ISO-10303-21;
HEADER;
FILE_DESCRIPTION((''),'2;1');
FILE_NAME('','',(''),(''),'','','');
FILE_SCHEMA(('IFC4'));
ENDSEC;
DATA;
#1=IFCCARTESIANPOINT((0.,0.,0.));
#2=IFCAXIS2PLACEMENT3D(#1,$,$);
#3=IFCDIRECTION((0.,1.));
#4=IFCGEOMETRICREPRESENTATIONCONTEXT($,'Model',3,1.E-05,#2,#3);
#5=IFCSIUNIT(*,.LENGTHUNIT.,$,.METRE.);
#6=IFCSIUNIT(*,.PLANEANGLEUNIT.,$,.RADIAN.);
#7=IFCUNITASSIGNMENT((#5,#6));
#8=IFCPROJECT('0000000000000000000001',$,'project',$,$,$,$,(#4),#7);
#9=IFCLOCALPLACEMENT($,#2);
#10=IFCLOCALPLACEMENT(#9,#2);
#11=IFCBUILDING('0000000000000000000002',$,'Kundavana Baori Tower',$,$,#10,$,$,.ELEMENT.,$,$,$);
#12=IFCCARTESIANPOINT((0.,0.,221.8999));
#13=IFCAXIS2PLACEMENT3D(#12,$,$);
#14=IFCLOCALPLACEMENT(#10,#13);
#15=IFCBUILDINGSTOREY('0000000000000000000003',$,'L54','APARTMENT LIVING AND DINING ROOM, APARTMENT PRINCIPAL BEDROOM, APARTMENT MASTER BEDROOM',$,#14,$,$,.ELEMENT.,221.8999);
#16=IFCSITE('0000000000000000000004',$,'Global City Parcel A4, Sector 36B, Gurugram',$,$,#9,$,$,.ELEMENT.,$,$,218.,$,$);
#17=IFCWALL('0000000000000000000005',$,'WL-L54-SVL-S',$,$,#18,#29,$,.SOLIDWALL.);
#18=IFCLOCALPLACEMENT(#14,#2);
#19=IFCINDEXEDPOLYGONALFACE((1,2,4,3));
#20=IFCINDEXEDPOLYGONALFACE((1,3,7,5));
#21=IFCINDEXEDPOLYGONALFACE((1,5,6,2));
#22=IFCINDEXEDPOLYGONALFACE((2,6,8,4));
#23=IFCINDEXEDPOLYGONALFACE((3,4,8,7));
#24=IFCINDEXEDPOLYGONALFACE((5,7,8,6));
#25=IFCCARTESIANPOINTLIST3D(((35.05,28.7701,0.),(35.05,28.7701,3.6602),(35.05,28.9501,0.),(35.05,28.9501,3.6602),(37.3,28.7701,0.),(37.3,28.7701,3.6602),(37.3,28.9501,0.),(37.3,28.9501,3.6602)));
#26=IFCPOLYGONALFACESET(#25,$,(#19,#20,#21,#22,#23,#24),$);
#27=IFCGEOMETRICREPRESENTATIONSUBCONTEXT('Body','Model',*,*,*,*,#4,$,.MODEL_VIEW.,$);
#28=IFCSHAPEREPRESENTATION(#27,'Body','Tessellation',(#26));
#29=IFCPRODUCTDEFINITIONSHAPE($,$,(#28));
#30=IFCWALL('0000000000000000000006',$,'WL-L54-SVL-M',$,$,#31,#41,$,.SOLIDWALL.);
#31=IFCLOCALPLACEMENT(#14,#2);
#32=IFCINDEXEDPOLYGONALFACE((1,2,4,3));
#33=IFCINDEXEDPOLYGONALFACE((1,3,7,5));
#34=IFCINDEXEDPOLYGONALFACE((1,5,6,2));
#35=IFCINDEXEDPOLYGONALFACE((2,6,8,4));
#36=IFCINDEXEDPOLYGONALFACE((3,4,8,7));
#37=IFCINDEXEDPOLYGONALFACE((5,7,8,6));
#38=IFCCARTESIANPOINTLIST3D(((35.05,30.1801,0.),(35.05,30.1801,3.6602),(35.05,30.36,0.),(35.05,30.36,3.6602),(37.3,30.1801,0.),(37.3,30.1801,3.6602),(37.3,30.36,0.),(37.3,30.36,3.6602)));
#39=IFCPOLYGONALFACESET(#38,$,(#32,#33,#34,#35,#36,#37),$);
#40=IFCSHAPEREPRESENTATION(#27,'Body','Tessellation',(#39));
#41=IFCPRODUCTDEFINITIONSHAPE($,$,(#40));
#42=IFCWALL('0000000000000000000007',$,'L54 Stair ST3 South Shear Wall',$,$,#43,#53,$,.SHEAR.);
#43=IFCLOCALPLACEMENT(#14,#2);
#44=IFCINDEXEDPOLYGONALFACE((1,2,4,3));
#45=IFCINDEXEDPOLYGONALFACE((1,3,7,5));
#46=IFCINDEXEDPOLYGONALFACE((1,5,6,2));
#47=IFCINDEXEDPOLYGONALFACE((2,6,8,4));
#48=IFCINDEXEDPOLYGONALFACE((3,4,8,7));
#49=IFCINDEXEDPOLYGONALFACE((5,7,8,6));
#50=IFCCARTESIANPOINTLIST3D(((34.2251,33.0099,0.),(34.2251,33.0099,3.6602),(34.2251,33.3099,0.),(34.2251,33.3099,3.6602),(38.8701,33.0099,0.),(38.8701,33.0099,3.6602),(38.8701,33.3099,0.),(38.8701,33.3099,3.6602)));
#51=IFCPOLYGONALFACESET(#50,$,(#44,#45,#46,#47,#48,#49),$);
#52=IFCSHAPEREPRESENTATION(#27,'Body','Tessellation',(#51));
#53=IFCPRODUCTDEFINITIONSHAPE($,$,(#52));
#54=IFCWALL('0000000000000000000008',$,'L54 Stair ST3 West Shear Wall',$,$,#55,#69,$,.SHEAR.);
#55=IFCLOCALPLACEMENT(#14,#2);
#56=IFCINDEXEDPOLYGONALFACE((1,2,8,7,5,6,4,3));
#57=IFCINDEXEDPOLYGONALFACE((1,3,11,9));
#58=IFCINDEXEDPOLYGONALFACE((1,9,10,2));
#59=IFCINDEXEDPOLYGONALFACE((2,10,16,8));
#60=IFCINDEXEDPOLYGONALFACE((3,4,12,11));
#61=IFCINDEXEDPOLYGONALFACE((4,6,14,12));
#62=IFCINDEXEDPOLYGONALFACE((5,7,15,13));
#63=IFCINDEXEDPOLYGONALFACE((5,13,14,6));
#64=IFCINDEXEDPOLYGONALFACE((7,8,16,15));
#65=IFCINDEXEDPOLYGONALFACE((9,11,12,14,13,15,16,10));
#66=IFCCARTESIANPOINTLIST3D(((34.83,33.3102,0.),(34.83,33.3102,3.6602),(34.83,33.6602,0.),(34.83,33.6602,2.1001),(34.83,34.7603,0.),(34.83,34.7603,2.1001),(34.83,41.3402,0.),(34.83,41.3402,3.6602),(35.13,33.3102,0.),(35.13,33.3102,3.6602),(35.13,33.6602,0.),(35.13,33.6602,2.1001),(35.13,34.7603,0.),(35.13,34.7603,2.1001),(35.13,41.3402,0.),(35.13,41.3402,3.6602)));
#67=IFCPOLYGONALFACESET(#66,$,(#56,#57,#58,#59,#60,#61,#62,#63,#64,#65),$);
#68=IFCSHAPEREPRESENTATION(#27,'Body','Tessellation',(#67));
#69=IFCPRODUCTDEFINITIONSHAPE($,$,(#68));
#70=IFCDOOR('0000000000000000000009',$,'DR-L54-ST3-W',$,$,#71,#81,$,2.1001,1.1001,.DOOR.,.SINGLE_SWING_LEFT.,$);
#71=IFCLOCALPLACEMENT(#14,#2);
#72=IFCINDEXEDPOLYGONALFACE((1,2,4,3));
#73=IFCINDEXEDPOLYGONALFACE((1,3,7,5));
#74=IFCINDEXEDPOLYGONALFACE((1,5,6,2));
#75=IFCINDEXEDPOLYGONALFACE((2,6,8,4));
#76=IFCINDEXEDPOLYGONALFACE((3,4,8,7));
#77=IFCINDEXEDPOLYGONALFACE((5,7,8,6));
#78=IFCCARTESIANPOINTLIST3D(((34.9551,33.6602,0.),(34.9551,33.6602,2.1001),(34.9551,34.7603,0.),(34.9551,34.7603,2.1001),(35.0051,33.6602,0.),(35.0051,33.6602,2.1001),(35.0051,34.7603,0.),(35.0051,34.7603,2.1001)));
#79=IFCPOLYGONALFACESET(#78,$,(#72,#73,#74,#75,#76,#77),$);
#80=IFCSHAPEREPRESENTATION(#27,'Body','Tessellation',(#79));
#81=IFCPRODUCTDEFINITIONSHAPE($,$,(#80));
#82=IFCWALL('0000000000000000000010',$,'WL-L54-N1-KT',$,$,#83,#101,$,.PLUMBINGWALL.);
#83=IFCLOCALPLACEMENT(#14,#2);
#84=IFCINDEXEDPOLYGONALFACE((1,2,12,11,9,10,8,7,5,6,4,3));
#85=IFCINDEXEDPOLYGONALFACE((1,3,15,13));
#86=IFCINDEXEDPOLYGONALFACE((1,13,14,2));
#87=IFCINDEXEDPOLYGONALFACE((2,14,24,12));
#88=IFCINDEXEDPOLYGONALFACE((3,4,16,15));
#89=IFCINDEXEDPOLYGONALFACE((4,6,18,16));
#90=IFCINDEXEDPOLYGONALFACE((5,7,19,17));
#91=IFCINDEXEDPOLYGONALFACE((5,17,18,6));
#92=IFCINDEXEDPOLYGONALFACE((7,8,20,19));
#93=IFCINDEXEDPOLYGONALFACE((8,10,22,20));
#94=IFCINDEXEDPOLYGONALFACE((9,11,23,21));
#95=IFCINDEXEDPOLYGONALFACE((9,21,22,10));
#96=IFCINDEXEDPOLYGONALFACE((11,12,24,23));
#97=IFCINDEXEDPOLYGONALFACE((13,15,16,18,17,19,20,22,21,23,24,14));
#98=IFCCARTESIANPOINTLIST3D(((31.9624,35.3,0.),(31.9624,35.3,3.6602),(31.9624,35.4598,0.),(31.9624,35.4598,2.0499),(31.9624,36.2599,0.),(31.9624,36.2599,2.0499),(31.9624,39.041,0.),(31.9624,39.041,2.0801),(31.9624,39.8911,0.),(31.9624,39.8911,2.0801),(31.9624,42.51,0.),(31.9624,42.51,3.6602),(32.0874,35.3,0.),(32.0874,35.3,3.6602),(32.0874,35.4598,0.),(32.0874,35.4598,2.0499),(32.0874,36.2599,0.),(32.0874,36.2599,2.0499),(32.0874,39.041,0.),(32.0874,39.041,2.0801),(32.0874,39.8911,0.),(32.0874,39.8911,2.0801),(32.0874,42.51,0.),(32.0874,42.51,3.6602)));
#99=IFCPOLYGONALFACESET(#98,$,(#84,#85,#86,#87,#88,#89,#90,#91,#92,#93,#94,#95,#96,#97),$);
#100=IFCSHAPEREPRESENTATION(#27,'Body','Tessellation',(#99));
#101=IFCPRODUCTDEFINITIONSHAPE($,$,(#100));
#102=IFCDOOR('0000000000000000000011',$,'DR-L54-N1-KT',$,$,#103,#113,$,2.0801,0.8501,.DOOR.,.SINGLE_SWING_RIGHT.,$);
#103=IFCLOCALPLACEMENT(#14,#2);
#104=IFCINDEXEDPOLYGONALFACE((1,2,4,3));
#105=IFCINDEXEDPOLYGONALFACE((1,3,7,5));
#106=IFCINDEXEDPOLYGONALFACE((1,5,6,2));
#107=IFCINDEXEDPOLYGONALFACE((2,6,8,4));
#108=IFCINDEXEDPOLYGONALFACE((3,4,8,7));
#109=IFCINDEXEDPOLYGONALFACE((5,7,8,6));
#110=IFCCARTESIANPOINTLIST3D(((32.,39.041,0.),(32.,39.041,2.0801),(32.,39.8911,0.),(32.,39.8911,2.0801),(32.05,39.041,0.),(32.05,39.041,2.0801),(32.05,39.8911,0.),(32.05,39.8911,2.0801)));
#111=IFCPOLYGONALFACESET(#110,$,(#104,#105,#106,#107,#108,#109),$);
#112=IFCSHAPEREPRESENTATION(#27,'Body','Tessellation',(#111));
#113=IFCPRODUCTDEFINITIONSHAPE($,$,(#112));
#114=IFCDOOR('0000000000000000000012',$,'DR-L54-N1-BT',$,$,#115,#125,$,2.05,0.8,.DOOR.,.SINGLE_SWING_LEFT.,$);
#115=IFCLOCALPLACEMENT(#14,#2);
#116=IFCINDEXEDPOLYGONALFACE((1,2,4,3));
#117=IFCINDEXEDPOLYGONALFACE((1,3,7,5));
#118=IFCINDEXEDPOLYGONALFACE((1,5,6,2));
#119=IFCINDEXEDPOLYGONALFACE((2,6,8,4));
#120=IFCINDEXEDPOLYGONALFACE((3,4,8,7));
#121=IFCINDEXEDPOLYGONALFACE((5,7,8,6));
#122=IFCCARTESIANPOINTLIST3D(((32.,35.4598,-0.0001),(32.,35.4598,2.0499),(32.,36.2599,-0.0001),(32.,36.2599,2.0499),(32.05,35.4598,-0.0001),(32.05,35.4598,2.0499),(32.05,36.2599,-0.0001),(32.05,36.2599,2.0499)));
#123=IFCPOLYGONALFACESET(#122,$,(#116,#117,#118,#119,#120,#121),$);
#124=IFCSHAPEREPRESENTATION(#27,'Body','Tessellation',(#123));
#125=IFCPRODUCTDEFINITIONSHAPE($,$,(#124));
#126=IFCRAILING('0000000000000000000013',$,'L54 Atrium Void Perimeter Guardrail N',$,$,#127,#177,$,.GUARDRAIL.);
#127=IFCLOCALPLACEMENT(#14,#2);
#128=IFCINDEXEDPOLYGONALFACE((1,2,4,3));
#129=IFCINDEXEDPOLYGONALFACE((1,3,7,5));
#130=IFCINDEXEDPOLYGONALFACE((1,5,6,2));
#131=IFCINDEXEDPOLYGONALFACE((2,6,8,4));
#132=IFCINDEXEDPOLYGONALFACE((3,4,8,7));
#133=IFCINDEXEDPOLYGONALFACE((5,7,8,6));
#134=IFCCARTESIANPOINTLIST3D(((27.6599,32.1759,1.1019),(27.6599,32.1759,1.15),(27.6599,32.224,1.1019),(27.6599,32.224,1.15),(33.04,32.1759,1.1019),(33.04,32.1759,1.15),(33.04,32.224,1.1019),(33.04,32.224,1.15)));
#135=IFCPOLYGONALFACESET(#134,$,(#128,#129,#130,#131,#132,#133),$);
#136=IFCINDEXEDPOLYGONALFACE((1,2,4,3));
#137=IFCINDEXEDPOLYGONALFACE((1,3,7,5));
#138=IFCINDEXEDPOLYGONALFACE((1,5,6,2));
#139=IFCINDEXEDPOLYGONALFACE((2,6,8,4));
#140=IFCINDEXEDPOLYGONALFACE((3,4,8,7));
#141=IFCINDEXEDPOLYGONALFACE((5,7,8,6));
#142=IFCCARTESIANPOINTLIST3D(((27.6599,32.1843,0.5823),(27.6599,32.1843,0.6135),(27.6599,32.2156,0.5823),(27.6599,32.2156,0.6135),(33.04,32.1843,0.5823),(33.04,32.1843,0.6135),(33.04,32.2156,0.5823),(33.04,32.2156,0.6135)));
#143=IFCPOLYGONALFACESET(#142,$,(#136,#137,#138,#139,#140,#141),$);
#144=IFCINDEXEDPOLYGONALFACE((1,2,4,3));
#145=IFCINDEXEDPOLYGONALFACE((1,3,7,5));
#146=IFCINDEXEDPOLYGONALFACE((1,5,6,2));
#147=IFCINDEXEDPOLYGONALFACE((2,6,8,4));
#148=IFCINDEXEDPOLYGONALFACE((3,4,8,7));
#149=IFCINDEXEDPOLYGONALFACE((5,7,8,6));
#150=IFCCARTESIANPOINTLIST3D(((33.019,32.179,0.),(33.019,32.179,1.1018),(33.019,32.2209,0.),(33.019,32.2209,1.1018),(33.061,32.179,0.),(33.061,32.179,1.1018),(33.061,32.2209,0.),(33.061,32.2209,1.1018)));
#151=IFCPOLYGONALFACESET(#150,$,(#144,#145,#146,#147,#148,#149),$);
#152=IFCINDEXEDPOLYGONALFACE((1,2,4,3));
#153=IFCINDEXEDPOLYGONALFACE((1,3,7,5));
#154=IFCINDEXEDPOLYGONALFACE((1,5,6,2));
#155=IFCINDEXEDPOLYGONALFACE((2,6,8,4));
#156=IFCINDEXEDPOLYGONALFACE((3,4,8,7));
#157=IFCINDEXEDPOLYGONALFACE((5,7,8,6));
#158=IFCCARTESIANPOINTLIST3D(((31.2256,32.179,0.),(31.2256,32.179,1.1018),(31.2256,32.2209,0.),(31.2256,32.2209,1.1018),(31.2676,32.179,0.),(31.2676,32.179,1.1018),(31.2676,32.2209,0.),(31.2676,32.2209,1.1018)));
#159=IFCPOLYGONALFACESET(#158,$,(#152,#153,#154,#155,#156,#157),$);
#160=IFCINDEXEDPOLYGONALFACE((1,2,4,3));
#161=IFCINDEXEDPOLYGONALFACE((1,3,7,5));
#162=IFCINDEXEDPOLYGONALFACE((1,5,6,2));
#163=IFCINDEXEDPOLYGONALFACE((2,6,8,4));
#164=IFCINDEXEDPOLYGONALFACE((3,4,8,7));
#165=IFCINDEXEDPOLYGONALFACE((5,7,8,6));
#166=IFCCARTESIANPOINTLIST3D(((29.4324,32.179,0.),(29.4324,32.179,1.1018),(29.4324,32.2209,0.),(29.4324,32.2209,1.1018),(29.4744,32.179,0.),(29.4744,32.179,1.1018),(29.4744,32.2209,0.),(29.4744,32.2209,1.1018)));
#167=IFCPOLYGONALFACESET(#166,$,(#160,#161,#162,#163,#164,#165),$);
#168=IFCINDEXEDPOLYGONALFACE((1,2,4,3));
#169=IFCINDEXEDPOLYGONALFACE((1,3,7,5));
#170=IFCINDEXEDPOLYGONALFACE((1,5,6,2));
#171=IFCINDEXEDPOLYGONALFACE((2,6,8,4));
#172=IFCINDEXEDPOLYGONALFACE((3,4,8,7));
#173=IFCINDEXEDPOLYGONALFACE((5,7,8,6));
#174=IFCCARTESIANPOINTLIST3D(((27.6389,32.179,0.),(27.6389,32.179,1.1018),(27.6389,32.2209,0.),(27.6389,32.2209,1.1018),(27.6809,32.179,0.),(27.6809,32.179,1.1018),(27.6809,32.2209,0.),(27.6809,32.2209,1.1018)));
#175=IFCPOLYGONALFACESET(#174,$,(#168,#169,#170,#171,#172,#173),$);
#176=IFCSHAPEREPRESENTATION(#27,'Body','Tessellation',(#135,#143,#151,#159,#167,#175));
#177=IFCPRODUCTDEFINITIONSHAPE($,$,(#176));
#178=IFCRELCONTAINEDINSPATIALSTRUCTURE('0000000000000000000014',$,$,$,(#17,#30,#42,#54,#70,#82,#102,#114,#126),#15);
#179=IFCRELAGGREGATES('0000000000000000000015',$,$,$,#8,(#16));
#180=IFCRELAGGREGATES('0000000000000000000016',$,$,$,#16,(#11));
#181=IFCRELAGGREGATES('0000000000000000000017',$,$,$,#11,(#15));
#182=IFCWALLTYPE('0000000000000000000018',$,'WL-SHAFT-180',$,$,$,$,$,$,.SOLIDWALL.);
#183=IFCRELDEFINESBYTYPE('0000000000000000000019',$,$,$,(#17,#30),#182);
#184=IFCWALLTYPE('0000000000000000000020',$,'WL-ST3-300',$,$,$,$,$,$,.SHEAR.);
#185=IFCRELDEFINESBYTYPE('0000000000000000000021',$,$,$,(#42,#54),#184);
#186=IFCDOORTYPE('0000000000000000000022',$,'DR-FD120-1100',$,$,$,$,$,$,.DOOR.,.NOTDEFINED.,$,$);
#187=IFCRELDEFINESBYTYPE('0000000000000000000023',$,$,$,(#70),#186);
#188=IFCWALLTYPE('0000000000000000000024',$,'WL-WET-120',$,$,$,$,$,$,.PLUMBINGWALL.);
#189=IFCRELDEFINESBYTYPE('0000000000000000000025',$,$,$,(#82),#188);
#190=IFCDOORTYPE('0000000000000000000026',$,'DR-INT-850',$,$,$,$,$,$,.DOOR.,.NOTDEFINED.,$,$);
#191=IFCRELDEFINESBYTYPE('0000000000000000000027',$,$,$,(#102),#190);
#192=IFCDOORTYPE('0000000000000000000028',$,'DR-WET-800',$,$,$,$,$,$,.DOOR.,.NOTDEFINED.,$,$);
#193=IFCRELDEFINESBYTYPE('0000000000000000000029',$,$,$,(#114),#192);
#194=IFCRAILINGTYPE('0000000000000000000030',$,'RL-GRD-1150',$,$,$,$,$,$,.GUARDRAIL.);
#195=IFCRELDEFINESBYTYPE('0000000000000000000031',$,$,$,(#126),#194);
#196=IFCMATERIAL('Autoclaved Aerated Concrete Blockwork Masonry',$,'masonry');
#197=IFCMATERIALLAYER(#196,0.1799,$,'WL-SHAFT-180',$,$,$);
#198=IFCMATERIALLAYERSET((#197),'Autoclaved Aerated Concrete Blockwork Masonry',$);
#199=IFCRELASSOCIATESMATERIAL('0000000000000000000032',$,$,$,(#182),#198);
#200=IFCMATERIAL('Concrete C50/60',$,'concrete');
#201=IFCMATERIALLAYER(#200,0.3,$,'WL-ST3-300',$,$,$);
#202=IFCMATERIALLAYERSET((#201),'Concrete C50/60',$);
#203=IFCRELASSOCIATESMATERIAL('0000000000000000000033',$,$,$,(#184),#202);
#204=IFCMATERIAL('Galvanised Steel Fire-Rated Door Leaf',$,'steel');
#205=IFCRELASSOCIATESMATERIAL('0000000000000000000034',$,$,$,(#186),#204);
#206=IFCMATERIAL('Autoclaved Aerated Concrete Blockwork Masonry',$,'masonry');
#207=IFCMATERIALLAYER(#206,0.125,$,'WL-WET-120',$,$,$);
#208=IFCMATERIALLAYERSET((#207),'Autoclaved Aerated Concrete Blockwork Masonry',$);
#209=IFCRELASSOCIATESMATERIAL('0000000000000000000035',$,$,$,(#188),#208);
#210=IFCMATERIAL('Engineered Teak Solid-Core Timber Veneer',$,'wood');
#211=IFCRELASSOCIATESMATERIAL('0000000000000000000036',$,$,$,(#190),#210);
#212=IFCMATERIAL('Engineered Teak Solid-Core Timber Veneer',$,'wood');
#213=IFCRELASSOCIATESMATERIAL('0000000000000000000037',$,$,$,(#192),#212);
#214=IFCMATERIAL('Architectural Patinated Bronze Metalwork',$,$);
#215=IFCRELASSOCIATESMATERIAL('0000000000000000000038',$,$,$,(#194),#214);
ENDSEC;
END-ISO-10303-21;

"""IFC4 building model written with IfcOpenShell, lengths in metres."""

from ifc_helpers import new_model, si_unit, direction, frame, frame_2d, origin, origin_2d, place, context, subcontext, project, spatial, rectangle, extrude, material, layer, layer_set, type_object, element, fill, save


model = new_model("IFC4")

# Units and contexts
model_context = context("Model", 3, precision=1e-05, world=origin(), true_north=direction((0.0, 1.0)))
body_context = subcontext(model_context, "Body", "Model", "MODEL_VIEW")
ifc_project = project(units=[si_unit("LENGTHUNIT", "METRE"), si_unit("PLANEANGLEUNIT", "RADIAN")], contexts=[model_context])

# Site, building, storey
site_placement = place(None, origin())
site = spatial("IfcSite", under=ifc_project, at=site_placement, Name="Global City Parcel A4, Sector 36B, Gurugram", CompositionType="ELEMENT", RefElevation=218.0)
building_placement = place(site_placement, origin())
building = spatial("IfcBuilding", under=site, at=building_placement, Name="Kundavana Baori Tower", CompositionType="ELEMENT")
storey_placement = place(building_placement, frame((0.0, 0.0, 221.8999)))
storey = spatial("IfcBuildingStorey", under=building, at=storey_placement, Name="L54", Description="APARTMENT LIVING AND DINING ROOM, APARTMENT PRINCIPAL BEDROOM, APARTMENT MASTER BEDROOM", CompositionType="ELEMENT", Elevation=221.8999)

# Walls
ifc_material_1 = material(Name="Autoclaved Aerated Concrete Blockwork Masonry", Category="masonry")
ifc_layer_1 = layer(ifc_material_1, 0.1799, Name="WL-SHAFT-180")
ifc_layer_set_1 = layer_set([ifc_layer_1], Name="Autoclaved Aerated Concrete Blockwork Masonry")
wall_type_1 = type_object("IfcWallType", Name="WL-SHAFT-180", PredefinedType="SOLIDWALL", material=ifc_layer_set_1)
for number, where, z_axis, x_axis, name in (
    (1, (35.05, 28.8601, 0.0), (0.0, 0.0, 1.0), (1.0, 0.0, 0.0), "WL-L54-SVL-S"),
    (2, (35.05, 30.27, 0.0), (0.0, 0.0, 1.0), (1.0, 0.0, 0.0), "WL-L54-SVL-M"),
):
    element("IfcWall", number, at=place(storey_placement, frame(where, z_axis=z_axis, x_axis=x_axis)), inside=storey, type_object=wall_type_1, Name=name, PredefinedType="SOLIDWALL", context=body_context, shape_type="SweptSolid", body=[
        extrude(rectangle(XDim=2.25, YDim=0.1799, at=frame_2d((1.125, 0.0))), origin(), (0.0, 0.0, 1.0), 3.6602),
    ])
ifc_material_2 = material(Name="Concrete C50/60", Category="concrete")
ifc_layer_2 = layer(ifc_material_2, 0.3, Name="WL-ST3-300")
ifc_layer_set_2 = layer_set([ifc_layer_2], Name="Concrete C50/60")
wall_type_2 = type_object("IfcWallType", Name="WL-ST3-300", PredefinedType="SHEAR", material=ifc_layer_set_2)
wall_1_placement = place(storey_placement, frame((34.2251, 33.1599, 0.0), z_axis=(0.0, 0.0, 1.0), x_axis=(1.0, 0.0, 0.0)))
element("IfcWall", 3, at=wall_1_placement, inside=storey, type_object=wall_type_2, Name="L54 Stair ST3 South Shear Wall", PredefinedType="SHEAR", context=body_context, shape_type="SweptSolid", body=[
    extrude(rectangle(XDim=4.645, YDim=0.3, at=frame_2d((2.3225, 0.0))), origin(), (0.0, 0.0, 1.0), 3.6602),
])

# Wall, opening, door
wall_2_placement = place(storey_placement, frame((34.98, 33.3101, 0.0), z_axis=(0.0, 0.0, 1.0), x_axis=(0.0, 1.0, 0.0)))
wall_2 = element("IfcWall", 4, at=wall_2_placement, inside=storey, type_object=wall_type_2, Name="L54 Stair ST3 West Shear Wall", PredefinedType="SHEAR", context=body_context, shape_type="SweptSolid", body=[
    extrude(rectangle(XDim=8.03, YDim=0.3, at=frame_2d((4.0151, 0.0))), origin(), (0.0, 0.0, 1.0), 3.6602),
])
opening_1_placement = place(wall_2_placement, frame((0.3501, 0.0, 0.0)))
opening_1 = element("IfcOpeningElement", 5, at=opening_1_placement, cuts=wall_2, PredefinedType="OPENING", context=body_context, shape_type="SweptSolid", body=[
    extrude(rectangle(XDim=1.1001, YDim=2.1001, at=frame_2d((0.55, 1.05))), frame((0.0, 0.1602, 0.0), z_axis=(0.0, -1.0, 0.0), x_axis=(1.0, 0.0, 0.0)), (0.0, 0.0, 1.0), 0.3201),
])
ifc_material_3 = material(Name="Galvanised Steel Fire-Rated Door Leaf", Category="steel")
door_type_1 = type_object("IfcDoorType", Name="DR-FD120-1100", OperationType="NOTDEFINED", PredefinedType="DOOR", material=ifc_material_3)
door_1_placement = place(opening_1_placement, origin())
door_1 = element("IfcDoor", 6, at=door_1_placement, inside=storey, type_object=door_type_1, Name="DR-L54-ST3-W", OperationType="SINGLE_SWING_LEFT", OverallHeight=2.1001, OverallWidth=1.1001, PredefinedType="DOOR", context=body_context, shape_type="SweptSolid", body=[
    extrude(rectangle(XDim=1.1001, YDim=2.1001, at=frame_2d((0.55, 1.05))), frame((0.0, 0.0249, 0.0), z_axis=(0.0, -1.0, 0.0), x_axis=(1.0, 0.0, 0.0)), (0.0, 0.0, 1.0), 0.05),
])
fill(opening_1, door_1)

# Wall, openings, doors
ifc_material_4 = material(Name="Autoclaved Aerated Concrete Blockwork Masonry", Category="masonry")
ifc_layer_3 = layer(ifc_material_4, 0.125, Name="WL-WET-120")
ifc_layer_set_3 = layer_set([ifc_layer_3], Name="Autoclaved Aerated Concrete Blockwork Masonry")
wall_type_3 = type_object("IfcWallType", Name="WL-WET-120", PredefinedType="PLUMBINGWALL", material=ifc_layer_set_3)
wall_3_placement = place(storey_placement, frame((32.0249, 35.3, 0.0), z_axis=(0.0, 0.0, 1.0), x_axis=(0.0, 1.0, 0.0)))
wall_3 = element("IfcWall", 7, at=wall_3_placement, inside=storey, type_object=wall_type_3, Name="WL-L54-N1-KT", PredefinedType="PLUMBINGWALL", context=body_context, shape_type="SweptSolid", body=[
    extrude(rectangle(XDim=7.21, YDim=0.125, at=frame_2d((3.605, 0.0))), origin(), (0.0, 0.0, 1.0), 3.6602),
])
opening_2_placement = place(wall_3_placement, frame((0.1599, 0.0, 0.0)))
opening_2 = element("IfcOpeningElement", 8, at=opening_2_placement, cuts=wall_3, PredefinedType="OPENING", context=body_context, shape_type="SweptSolid", body=[
    extrude(rectangle(XDim=0.8, YDim=2.05, at=frame_2d((0.3999, 1.0249))), frame((0.0, 0.0725, 0.0), z_axis=(0.0, -1.0, 0.0), x_axis=(1.0, 0.0, 0.0)), (0.0, 0.0, 1.0), 0.145),
])
opening_3_placement = place(wall_3_placement, frame((3.741, 0.0, 0.0)))
opening_3 = element("IfcOpeningElement", 9, at=opening_3_placement, cuts=wall_3, PredefinedType="OPENING", context=body_context, shape_type="SweptSolid", body=[
    extrude(rectangle(XDim=0.8501, YDim=2.0801, at=frame_2d((0.425, 1.04))), frame((0.0, 0.0725, 0.0), z_axis=(0.0, -1.0, 0.0), x_axis=(1.0, 0.0, 0.0)), (0.0, 0.0, 1.0), 0.145),
])
ifc_material_5 = material(Name="Engineered Teak Solid-Core Timber Veneer", Category="wood")
door_type_2 = type_object("IfcDoorType", Name="DR-INT-850", OperationType="NOTDEFINED", PredefinedType="DOOR", material=ifc_material_5)
door_2_placement = place(opening_3_placement, origin())
door_2 = element("IfcDoor", 10, at=door_2_placement, inside=storey, type_object=door_type_2, Name="DR-L54-N1-KT", OperationType="SINGLE_SWING_RIGHT", OverallHeight=2.0801, OverallWidth=0.8501, PredefinedType="DOOR", context=body_context, shape_type="SweptSolid", body=[
    extrude(rectangle(XDim=0.8501, YDim=2.0801, at=frame_2d((0.425, 1.04))), frame((0.0, 0.0249, 0.0), z_axis=(0.0, -1.0, 0.0), x_axis=(1.0, 0.0, 0.0)), (0.0, 0.0, 1.0), 0.05),
])
fill(opening_3, door_2)
ifc_material_6 = material(Name="Engineered Teak Solid-Core Timber Veneer", Category="wood")
door_type_3 = type_object("IfcDoorType", Name="DR-WET-800", OperationType="NOTDEFINED", PredefinedType="DOOR", material=ifc_material_6)
door_3_placement = place(opening_2_placement, origin())
door_3 = element("IfcDoor", 11, at=door_3_placement, inside=storey, type_object=door_type_3, Name="DR-L54-N1-BT", OperationType="SINGLE_SWING_LEFT", OverallHeight=2.05, OverallWidth=0.8, PredefinedType="DOOR", context=body_context, shape_type="SweptSolid", body=[
    extrude(rectangle(XDim=0.8, YDim=2.05, at=frame_2d((0.3999, 1.0249))), frame((0.0, 0.0249, 0.0), z_axis=(0.0, -1.0, 0.0), x_axis=(1.0, 0.0, 0.0)), (0.0, 0.0, 1.0), 0.05),
])
fill(opening_2, door_3)

# Railing
ifc_material_7 = material(Name="Architectural Patinated Bronze Metalwork")
railing_type_1 = type_object("IfcRailingType", Name="RL-GRD-1150", PredefinedType="GUARDRAIL", material=ifc_material_7)
railing_1_placement = place(storey_placement, frame((33.04, 32.2, 0.0)))
element("IfcRailing", 12, at=railing_1_placement, inside=storey, type_object=railing_type_1, Name="L54 Atrium Void Perimeter Guardrail N", PredefinedType="GUARDRAIL", context=body_context, shape_type="SweptSolid", body=[
    extrude(rectangle(XDim=0.0481, YDim=0.0481, at=origin_2d()), frame((0.0, 0.0, 1.126), z_axis=(-1.0, 0.0, 0.0), x_axis=(0.0, -1.0, 0.0)), (0.0, 0.0, 1.0), 5.3801),
    extrude(rectangle(XDim=0.0312, YDim=0.0312, at=origin_2d()), frame((0.0, 0.0, 0.5979), z_axis=(-1.0, 0.0, 0.0), x_axis=(0.0, -1.0, 0.0)), (0.0, 0.0, 1.0), 5.3801),
    extrude(rectangle(XDim=0.042, YDim=0.042, at=origin_2d()), origin(), (0.0, 0.0, 1.0), 1.1018),
    extrude(rectangle(XDim=0.042, YDim=0.042, at=origin_2d()), frame((-1.7935, 0.0, 0.0)), (0.0, 0.0, 1.0), 1.1018),
    extrude(rectangle(XDim=0.042, YDim=0.042, at=origin_2d()), frame((-3.5867, 0.0, 0.0)), (0.0, 0.0, 1.0), 1.1018),
    extrude(rectangle(XDim=0.042, YDim=0.042, at=origin_2d()), frame((-5.3801, 0.0, 0.0)), (0.0, 0.0, 1.0), 1.1018),
])

save(model, "model.ifc")
